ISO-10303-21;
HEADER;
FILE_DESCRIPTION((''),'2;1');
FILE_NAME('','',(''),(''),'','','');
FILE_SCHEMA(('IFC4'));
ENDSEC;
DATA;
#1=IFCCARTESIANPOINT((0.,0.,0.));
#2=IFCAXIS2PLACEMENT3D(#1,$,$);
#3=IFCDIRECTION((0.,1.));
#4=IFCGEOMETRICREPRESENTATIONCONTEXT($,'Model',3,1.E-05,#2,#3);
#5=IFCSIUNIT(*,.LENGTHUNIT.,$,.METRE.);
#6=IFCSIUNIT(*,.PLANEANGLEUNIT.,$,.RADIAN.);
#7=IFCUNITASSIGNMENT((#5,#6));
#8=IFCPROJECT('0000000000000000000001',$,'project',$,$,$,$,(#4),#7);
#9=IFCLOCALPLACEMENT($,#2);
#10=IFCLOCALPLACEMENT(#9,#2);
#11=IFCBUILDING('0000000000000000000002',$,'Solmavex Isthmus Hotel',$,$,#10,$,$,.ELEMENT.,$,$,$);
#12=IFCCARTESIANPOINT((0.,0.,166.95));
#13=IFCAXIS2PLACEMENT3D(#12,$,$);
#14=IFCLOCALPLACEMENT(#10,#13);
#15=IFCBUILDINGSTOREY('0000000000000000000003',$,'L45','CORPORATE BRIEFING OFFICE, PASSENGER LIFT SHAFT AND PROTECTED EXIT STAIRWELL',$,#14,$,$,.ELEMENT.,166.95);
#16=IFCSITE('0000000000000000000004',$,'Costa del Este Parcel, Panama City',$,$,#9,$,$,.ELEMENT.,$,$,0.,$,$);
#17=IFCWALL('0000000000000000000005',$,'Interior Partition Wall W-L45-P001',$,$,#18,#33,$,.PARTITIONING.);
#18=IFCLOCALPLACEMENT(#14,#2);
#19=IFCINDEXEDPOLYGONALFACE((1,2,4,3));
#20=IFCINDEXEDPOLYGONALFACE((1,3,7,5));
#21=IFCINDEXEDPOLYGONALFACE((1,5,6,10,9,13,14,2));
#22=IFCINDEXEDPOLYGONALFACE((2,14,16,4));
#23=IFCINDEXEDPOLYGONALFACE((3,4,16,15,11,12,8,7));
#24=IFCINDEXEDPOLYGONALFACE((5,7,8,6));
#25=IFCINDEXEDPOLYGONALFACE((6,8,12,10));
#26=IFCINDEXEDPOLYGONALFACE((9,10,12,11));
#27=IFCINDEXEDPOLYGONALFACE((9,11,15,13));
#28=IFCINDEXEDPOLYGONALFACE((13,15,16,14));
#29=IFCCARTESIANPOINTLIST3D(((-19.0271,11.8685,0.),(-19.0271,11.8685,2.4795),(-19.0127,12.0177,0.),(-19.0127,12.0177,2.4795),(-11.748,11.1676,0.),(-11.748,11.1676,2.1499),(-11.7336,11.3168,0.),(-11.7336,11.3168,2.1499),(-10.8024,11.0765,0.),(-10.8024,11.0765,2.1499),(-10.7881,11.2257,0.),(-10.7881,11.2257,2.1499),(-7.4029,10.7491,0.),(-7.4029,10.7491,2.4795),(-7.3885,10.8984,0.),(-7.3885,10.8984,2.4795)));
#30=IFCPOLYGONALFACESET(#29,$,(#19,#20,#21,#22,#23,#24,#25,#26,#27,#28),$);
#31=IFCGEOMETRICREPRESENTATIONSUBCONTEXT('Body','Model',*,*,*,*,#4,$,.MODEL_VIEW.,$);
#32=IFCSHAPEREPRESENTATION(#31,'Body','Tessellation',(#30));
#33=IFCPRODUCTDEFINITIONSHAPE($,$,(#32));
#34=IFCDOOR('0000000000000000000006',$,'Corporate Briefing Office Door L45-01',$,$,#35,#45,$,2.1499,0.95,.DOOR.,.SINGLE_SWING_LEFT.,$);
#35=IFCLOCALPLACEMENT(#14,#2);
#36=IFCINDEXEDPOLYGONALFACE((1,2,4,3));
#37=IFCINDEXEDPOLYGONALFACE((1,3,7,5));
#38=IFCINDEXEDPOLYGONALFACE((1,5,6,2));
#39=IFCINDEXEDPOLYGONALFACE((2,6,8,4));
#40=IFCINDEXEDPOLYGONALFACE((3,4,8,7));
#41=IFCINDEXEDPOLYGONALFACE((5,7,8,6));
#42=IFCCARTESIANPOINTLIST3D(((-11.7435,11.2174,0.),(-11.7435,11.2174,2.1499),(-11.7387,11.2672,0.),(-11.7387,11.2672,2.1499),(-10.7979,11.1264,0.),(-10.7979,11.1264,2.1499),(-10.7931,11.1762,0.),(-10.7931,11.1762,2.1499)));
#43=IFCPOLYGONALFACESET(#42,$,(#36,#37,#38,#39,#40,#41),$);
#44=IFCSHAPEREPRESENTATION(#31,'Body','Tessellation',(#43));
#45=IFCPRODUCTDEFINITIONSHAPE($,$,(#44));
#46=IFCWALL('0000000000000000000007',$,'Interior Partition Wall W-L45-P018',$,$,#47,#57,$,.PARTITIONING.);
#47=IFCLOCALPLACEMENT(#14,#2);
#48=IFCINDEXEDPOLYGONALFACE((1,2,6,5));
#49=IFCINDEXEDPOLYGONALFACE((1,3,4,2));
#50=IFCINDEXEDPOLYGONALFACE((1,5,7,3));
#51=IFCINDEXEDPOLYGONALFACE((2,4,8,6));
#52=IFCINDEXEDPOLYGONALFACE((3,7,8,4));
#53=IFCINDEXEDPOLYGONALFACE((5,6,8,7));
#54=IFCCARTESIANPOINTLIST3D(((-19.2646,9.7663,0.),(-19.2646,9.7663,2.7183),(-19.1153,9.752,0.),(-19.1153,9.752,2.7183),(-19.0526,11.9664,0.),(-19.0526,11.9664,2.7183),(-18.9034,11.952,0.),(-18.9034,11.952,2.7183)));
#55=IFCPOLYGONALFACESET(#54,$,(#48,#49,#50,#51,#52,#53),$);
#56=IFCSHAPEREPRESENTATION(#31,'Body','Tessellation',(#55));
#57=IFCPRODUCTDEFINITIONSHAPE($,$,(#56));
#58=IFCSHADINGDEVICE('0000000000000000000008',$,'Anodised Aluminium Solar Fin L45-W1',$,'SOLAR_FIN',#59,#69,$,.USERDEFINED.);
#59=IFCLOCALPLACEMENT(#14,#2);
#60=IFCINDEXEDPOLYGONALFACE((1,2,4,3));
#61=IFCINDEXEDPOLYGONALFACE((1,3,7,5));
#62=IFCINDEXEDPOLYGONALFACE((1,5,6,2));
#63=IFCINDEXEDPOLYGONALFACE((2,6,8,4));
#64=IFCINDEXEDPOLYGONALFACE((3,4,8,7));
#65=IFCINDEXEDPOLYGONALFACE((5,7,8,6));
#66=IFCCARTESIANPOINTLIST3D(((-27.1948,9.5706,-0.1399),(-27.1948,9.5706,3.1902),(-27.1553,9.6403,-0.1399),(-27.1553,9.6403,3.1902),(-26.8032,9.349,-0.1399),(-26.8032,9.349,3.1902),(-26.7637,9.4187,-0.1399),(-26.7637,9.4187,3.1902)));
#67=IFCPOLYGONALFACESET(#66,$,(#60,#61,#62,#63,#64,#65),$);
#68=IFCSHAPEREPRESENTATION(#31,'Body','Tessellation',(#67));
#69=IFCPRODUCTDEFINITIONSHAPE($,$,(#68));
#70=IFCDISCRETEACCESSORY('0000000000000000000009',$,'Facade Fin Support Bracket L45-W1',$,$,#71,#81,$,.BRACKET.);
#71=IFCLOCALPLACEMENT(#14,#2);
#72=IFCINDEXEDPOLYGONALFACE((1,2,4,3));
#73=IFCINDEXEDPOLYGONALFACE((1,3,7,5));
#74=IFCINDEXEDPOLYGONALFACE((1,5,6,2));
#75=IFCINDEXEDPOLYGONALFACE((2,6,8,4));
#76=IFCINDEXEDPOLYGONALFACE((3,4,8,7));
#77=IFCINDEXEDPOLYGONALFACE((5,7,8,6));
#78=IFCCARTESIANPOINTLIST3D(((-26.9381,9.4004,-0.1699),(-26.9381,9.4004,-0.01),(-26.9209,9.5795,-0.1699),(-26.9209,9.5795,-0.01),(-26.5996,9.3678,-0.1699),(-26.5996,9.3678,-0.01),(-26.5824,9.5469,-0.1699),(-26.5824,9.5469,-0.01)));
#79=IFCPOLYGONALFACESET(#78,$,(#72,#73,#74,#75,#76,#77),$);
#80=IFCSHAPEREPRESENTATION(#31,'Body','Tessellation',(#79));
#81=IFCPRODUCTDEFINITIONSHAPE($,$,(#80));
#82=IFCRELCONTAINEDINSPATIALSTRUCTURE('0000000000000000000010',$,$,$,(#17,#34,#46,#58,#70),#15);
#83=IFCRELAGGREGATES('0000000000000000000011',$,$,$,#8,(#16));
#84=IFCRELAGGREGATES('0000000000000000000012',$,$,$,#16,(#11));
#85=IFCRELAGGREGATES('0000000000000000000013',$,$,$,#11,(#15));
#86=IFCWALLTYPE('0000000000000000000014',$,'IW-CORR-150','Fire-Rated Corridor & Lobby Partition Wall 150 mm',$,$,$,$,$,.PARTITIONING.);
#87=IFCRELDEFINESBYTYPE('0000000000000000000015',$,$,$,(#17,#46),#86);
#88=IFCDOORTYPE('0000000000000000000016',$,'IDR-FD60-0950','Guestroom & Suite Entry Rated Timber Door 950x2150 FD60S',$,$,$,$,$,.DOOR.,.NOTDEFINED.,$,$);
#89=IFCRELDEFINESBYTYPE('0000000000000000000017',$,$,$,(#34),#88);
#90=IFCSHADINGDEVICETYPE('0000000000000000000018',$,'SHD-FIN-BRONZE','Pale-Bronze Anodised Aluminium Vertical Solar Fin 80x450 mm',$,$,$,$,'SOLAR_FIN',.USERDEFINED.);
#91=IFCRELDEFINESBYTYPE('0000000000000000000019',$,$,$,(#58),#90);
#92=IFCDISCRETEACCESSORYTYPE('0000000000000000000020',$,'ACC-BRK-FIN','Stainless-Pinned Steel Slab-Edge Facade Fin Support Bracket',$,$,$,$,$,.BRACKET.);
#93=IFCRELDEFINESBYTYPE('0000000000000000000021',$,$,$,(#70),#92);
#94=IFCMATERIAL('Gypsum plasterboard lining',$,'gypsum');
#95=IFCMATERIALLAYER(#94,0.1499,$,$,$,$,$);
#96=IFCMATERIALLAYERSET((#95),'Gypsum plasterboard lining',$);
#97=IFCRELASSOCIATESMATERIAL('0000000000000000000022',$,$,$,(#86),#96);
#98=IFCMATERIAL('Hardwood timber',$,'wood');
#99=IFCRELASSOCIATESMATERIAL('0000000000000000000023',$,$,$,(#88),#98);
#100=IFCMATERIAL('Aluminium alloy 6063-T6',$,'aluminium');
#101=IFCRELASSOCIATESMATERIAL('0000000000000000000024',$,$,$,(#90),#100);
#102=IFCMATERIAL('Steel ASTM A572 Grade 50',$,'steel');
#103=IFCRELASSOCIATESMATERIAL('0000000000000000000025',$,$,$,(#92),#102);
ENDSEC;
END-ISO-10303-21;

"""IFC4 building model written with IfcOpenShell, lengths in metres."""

from ifc_helpers import new_model, si_unit, direction, frame, frame_2d, origin, origin_2d, place, context, subcontext, project, spatial, rectangle, extrude, material, layer, layer_set, type_object, element, fill, save


model = new_model("IFC4")

# Units and contexts
model_context = context("Model", 3, precision=1e-05, world=origin(), true_north=direction((0.0, 1.0)))
body_context = subcontext(model_context, "Body", "Model", "MODEL_VIEW")
ifc_project = project(units=[si_unit("LENGTHUNIT", "METRE"), si_unit("PLANEANGLEUNIT", "RADIAN")], contexts=[model_context])

# Site, building, storey
site_placement = place(None, origin())
site = spatial("IfcSite", under=ifc_project, at=site_placement, Name="Costa del Este Parcel, Panama City", CompositionType="ELEMENT", RefElevation=0.0)
building_placement = place(site_placement, origin())
building = spatial("IfcBuilding", under=site, at=building_placement, Name="Solmavex Isthmus Hotel", CompositionType="ELEMENT")
storey_placement = place(building_placement, frame((0.0, 0.0, 166.95)))
storey = spatial("IfcBuildingStorey", under=building, at=storey_placement, Name="L45", Description="CORPORATE BRIEFING OFFICE, PASSENGER LIFT SHAFT AND PROTECTED EXIT STAIRWELL", CompositionType="ELEMENT", Elevation=166.95)

# Shared definitions
ifc_material_1 = material(Name="Aluminium alloy 6063-T6", Category="aluminium")

# Shared definitions
ifc_material_2 = material(Name="Gypsum plasterboard lining", Category="gypsum")

# Wall, opening, door
ifc_layer_1 = layer(ifc_material_2, 0.1499)
ifc_layer_set_1 = layer_set([ifc_layer_1], Name="Gypsum plasterboard lining")
wall_type_1 = type_object("IfcWallType", Name="IW-CORR-150", Description="Fire-Rated Corridor & Lobby Partition Wall 150 mm", PredefinedType="PARTITIONING", material=ifc_layer_set_1)
wall_1_placement = place(storey_placement, frame((-19.0198, 11.9431, 0.0), z_axis=(0.0, 0.0, 1.0), x_axis=(0.995395, -0.095854, 0.0)))
wall_1 = element("IfcWall", 1, at=wall_1_placement, inside=storey, type_object=wall_type_1, Name="Interior Partition Wall W-L45-P001", PredefinedType="PARTITIONING", context=body_context, shape_type="SweptSolid", body=[
    extrude(rectangle(XDim=11.678, YDim=0.1499, at=frame_2d((5.8389, 0.0))), origin(), (0.0, 0.0, 1.0), 2.4795),
])
opening_placement = place(wall_1_placement, frame((7.3125, 0.0, 0.0)))
opening = element("IfcOpeningElement", 2, at=opening_placement, cuts=wall_1, PredefinedType="OPENING", context=body_context, shape_type="SweptSolid", body=[
    extrude(rectangle(XDim=0.95, YDim=2.1499, at=frame_2d((0.4751, 1.075))), frame((0.0, 0.085, 0.0), z_axis=(0.0, -1.0, 0.0), x_axis=(1.0, 0.0, 0.0)), (0.0, 0.0, 1.0), 0.1699),
])
ifc_material_3 = material(Name="Hardwood timber", Category="wood")
door_type = type_object("IfcDoorType", Name="IDR-FD60-0950", Description="Guestroom & Suite Entry Rated Timber Door 950x2150 FD60S", OperationType="NOTDEFINED", PredefinedType="DOOR", material=ifc_material_3)
door_placement = place(opening_placement, frame((0.95, 0.0, 0.0), z_axis=(0.0, 0.0, 1.0), x_axis=(-1.0, 0.0, 0.0)))
door = element("IfcDoor", 3, at=door_placement, inside=storey, type_object=door_type, Name="Corporate Briefing Office Door L45-01", OperationType="SINGLE_SWING_LEFT", OverallHeight=2.1499, OverallWidth=0.95, PredefinedType="DOOR", context=body_context, shape_type="SweptSolid", body=[
    extrude(rectangle(XDim=0.95, YDim=2.1499, at=frame_2d((0.4751, 1.075))), frame((0.0, 0.0249, 0.0), z_axis=(0.0, -1.0, 0.0), x_axis=(1.0, 0.0, 0.0)), (0.0, 0.0, 1.0), 0.05),
])
fill(opening, door)

# Wall
wall_2_placement = place(storey_placement, frame((-19.1899, 9.7593, 0.0), z_axis=(0.0, 0.0, 1.0), x_axis=(0.095883, 0.995393, 0.0)))
element("IfcWall", 4, at=wall_2_placement, inside=storey, type_object=wall_type_1, Name="Interior Partition Wall W-L45-P018", PredefinedType="PARTITIONING", context=body_context, shape_type="SweptSolid", body=[
    extrude(rectangle(XDim=2.2102, YDim=0.1499, at=frame_2d((1.105, 0.0))), origin(), (0.0, 0.0, 1.0), 2.7183),
])

# Shading device
shading_device_type = type_object("IfcShadingDeviceType", Name="SHD-FIN-BRONZE", Description="Pale-Bronze Anodised Aluminium Vertical Solar Fin 80x450 mm", ElementType="SOLAR_FIN", PredefinedType="USERDEFINED", material=ifc_material_1)
shading_device_placement = place(storey_placement, frame((-26.9792, 9.4946, -0.1399), z_axis=(0.0, 0.0, 1.0), x_axis=(-0.870356, 0.492424, 0.0)))
element("IfcShadingDevice", 5, at=shading_device_placement, inside=storey, type_object=shading_device_type, Name="Anodised Aluminium Solar Fin L45-W1", ObjectType="SOLAR_FIN", PredefinedType="USERDEFINED", context=body_context, shape_type="SweptSolid", body=[
    extrude(rectangle(XDim=0.45, YDim=0.0801, at=origin_2d()), origin(), (0.0, 0.0, 1.0), 3.3301),
])

# Discrete accessory
ifc_material_4 = material(Name="Steel ASTM A572 Grade 50", Category="steel")
discrete_accessory_type = type_object("IfcDiscreteAccessoryType", Name="ACC-BRK-FIN", Description="Stainless-Pinned Steel Slab-Edge Facade Fin Support Bracket", PredefinedType="BRACKET", material=ifc_material_4)
discrete_accessory_placement = place(storey_placement, frame((-26.7603, 9.4736, -0.1699), z_axis=(0.0, 0.0, 1.0), x_axis=(-0.995396, 0.095846, 0.0)))
element("IfcDiscreteAccessory", 6, at=discrete_accessory_placement, inside=storey, type_object=discrete_accessory_type, Name="Facade Fin Support Bracket L45-W1", PredefinedType="BRACKET", context=body_context, shape_type="SweptSolid", body=[
    extrude(rectangle(XDim=0.3401, YDim=0.1799, at=origin_2d()), origin(), (0.0, 0.0, 1.0), 0.1599),
])

save(model, "model.ifc")
